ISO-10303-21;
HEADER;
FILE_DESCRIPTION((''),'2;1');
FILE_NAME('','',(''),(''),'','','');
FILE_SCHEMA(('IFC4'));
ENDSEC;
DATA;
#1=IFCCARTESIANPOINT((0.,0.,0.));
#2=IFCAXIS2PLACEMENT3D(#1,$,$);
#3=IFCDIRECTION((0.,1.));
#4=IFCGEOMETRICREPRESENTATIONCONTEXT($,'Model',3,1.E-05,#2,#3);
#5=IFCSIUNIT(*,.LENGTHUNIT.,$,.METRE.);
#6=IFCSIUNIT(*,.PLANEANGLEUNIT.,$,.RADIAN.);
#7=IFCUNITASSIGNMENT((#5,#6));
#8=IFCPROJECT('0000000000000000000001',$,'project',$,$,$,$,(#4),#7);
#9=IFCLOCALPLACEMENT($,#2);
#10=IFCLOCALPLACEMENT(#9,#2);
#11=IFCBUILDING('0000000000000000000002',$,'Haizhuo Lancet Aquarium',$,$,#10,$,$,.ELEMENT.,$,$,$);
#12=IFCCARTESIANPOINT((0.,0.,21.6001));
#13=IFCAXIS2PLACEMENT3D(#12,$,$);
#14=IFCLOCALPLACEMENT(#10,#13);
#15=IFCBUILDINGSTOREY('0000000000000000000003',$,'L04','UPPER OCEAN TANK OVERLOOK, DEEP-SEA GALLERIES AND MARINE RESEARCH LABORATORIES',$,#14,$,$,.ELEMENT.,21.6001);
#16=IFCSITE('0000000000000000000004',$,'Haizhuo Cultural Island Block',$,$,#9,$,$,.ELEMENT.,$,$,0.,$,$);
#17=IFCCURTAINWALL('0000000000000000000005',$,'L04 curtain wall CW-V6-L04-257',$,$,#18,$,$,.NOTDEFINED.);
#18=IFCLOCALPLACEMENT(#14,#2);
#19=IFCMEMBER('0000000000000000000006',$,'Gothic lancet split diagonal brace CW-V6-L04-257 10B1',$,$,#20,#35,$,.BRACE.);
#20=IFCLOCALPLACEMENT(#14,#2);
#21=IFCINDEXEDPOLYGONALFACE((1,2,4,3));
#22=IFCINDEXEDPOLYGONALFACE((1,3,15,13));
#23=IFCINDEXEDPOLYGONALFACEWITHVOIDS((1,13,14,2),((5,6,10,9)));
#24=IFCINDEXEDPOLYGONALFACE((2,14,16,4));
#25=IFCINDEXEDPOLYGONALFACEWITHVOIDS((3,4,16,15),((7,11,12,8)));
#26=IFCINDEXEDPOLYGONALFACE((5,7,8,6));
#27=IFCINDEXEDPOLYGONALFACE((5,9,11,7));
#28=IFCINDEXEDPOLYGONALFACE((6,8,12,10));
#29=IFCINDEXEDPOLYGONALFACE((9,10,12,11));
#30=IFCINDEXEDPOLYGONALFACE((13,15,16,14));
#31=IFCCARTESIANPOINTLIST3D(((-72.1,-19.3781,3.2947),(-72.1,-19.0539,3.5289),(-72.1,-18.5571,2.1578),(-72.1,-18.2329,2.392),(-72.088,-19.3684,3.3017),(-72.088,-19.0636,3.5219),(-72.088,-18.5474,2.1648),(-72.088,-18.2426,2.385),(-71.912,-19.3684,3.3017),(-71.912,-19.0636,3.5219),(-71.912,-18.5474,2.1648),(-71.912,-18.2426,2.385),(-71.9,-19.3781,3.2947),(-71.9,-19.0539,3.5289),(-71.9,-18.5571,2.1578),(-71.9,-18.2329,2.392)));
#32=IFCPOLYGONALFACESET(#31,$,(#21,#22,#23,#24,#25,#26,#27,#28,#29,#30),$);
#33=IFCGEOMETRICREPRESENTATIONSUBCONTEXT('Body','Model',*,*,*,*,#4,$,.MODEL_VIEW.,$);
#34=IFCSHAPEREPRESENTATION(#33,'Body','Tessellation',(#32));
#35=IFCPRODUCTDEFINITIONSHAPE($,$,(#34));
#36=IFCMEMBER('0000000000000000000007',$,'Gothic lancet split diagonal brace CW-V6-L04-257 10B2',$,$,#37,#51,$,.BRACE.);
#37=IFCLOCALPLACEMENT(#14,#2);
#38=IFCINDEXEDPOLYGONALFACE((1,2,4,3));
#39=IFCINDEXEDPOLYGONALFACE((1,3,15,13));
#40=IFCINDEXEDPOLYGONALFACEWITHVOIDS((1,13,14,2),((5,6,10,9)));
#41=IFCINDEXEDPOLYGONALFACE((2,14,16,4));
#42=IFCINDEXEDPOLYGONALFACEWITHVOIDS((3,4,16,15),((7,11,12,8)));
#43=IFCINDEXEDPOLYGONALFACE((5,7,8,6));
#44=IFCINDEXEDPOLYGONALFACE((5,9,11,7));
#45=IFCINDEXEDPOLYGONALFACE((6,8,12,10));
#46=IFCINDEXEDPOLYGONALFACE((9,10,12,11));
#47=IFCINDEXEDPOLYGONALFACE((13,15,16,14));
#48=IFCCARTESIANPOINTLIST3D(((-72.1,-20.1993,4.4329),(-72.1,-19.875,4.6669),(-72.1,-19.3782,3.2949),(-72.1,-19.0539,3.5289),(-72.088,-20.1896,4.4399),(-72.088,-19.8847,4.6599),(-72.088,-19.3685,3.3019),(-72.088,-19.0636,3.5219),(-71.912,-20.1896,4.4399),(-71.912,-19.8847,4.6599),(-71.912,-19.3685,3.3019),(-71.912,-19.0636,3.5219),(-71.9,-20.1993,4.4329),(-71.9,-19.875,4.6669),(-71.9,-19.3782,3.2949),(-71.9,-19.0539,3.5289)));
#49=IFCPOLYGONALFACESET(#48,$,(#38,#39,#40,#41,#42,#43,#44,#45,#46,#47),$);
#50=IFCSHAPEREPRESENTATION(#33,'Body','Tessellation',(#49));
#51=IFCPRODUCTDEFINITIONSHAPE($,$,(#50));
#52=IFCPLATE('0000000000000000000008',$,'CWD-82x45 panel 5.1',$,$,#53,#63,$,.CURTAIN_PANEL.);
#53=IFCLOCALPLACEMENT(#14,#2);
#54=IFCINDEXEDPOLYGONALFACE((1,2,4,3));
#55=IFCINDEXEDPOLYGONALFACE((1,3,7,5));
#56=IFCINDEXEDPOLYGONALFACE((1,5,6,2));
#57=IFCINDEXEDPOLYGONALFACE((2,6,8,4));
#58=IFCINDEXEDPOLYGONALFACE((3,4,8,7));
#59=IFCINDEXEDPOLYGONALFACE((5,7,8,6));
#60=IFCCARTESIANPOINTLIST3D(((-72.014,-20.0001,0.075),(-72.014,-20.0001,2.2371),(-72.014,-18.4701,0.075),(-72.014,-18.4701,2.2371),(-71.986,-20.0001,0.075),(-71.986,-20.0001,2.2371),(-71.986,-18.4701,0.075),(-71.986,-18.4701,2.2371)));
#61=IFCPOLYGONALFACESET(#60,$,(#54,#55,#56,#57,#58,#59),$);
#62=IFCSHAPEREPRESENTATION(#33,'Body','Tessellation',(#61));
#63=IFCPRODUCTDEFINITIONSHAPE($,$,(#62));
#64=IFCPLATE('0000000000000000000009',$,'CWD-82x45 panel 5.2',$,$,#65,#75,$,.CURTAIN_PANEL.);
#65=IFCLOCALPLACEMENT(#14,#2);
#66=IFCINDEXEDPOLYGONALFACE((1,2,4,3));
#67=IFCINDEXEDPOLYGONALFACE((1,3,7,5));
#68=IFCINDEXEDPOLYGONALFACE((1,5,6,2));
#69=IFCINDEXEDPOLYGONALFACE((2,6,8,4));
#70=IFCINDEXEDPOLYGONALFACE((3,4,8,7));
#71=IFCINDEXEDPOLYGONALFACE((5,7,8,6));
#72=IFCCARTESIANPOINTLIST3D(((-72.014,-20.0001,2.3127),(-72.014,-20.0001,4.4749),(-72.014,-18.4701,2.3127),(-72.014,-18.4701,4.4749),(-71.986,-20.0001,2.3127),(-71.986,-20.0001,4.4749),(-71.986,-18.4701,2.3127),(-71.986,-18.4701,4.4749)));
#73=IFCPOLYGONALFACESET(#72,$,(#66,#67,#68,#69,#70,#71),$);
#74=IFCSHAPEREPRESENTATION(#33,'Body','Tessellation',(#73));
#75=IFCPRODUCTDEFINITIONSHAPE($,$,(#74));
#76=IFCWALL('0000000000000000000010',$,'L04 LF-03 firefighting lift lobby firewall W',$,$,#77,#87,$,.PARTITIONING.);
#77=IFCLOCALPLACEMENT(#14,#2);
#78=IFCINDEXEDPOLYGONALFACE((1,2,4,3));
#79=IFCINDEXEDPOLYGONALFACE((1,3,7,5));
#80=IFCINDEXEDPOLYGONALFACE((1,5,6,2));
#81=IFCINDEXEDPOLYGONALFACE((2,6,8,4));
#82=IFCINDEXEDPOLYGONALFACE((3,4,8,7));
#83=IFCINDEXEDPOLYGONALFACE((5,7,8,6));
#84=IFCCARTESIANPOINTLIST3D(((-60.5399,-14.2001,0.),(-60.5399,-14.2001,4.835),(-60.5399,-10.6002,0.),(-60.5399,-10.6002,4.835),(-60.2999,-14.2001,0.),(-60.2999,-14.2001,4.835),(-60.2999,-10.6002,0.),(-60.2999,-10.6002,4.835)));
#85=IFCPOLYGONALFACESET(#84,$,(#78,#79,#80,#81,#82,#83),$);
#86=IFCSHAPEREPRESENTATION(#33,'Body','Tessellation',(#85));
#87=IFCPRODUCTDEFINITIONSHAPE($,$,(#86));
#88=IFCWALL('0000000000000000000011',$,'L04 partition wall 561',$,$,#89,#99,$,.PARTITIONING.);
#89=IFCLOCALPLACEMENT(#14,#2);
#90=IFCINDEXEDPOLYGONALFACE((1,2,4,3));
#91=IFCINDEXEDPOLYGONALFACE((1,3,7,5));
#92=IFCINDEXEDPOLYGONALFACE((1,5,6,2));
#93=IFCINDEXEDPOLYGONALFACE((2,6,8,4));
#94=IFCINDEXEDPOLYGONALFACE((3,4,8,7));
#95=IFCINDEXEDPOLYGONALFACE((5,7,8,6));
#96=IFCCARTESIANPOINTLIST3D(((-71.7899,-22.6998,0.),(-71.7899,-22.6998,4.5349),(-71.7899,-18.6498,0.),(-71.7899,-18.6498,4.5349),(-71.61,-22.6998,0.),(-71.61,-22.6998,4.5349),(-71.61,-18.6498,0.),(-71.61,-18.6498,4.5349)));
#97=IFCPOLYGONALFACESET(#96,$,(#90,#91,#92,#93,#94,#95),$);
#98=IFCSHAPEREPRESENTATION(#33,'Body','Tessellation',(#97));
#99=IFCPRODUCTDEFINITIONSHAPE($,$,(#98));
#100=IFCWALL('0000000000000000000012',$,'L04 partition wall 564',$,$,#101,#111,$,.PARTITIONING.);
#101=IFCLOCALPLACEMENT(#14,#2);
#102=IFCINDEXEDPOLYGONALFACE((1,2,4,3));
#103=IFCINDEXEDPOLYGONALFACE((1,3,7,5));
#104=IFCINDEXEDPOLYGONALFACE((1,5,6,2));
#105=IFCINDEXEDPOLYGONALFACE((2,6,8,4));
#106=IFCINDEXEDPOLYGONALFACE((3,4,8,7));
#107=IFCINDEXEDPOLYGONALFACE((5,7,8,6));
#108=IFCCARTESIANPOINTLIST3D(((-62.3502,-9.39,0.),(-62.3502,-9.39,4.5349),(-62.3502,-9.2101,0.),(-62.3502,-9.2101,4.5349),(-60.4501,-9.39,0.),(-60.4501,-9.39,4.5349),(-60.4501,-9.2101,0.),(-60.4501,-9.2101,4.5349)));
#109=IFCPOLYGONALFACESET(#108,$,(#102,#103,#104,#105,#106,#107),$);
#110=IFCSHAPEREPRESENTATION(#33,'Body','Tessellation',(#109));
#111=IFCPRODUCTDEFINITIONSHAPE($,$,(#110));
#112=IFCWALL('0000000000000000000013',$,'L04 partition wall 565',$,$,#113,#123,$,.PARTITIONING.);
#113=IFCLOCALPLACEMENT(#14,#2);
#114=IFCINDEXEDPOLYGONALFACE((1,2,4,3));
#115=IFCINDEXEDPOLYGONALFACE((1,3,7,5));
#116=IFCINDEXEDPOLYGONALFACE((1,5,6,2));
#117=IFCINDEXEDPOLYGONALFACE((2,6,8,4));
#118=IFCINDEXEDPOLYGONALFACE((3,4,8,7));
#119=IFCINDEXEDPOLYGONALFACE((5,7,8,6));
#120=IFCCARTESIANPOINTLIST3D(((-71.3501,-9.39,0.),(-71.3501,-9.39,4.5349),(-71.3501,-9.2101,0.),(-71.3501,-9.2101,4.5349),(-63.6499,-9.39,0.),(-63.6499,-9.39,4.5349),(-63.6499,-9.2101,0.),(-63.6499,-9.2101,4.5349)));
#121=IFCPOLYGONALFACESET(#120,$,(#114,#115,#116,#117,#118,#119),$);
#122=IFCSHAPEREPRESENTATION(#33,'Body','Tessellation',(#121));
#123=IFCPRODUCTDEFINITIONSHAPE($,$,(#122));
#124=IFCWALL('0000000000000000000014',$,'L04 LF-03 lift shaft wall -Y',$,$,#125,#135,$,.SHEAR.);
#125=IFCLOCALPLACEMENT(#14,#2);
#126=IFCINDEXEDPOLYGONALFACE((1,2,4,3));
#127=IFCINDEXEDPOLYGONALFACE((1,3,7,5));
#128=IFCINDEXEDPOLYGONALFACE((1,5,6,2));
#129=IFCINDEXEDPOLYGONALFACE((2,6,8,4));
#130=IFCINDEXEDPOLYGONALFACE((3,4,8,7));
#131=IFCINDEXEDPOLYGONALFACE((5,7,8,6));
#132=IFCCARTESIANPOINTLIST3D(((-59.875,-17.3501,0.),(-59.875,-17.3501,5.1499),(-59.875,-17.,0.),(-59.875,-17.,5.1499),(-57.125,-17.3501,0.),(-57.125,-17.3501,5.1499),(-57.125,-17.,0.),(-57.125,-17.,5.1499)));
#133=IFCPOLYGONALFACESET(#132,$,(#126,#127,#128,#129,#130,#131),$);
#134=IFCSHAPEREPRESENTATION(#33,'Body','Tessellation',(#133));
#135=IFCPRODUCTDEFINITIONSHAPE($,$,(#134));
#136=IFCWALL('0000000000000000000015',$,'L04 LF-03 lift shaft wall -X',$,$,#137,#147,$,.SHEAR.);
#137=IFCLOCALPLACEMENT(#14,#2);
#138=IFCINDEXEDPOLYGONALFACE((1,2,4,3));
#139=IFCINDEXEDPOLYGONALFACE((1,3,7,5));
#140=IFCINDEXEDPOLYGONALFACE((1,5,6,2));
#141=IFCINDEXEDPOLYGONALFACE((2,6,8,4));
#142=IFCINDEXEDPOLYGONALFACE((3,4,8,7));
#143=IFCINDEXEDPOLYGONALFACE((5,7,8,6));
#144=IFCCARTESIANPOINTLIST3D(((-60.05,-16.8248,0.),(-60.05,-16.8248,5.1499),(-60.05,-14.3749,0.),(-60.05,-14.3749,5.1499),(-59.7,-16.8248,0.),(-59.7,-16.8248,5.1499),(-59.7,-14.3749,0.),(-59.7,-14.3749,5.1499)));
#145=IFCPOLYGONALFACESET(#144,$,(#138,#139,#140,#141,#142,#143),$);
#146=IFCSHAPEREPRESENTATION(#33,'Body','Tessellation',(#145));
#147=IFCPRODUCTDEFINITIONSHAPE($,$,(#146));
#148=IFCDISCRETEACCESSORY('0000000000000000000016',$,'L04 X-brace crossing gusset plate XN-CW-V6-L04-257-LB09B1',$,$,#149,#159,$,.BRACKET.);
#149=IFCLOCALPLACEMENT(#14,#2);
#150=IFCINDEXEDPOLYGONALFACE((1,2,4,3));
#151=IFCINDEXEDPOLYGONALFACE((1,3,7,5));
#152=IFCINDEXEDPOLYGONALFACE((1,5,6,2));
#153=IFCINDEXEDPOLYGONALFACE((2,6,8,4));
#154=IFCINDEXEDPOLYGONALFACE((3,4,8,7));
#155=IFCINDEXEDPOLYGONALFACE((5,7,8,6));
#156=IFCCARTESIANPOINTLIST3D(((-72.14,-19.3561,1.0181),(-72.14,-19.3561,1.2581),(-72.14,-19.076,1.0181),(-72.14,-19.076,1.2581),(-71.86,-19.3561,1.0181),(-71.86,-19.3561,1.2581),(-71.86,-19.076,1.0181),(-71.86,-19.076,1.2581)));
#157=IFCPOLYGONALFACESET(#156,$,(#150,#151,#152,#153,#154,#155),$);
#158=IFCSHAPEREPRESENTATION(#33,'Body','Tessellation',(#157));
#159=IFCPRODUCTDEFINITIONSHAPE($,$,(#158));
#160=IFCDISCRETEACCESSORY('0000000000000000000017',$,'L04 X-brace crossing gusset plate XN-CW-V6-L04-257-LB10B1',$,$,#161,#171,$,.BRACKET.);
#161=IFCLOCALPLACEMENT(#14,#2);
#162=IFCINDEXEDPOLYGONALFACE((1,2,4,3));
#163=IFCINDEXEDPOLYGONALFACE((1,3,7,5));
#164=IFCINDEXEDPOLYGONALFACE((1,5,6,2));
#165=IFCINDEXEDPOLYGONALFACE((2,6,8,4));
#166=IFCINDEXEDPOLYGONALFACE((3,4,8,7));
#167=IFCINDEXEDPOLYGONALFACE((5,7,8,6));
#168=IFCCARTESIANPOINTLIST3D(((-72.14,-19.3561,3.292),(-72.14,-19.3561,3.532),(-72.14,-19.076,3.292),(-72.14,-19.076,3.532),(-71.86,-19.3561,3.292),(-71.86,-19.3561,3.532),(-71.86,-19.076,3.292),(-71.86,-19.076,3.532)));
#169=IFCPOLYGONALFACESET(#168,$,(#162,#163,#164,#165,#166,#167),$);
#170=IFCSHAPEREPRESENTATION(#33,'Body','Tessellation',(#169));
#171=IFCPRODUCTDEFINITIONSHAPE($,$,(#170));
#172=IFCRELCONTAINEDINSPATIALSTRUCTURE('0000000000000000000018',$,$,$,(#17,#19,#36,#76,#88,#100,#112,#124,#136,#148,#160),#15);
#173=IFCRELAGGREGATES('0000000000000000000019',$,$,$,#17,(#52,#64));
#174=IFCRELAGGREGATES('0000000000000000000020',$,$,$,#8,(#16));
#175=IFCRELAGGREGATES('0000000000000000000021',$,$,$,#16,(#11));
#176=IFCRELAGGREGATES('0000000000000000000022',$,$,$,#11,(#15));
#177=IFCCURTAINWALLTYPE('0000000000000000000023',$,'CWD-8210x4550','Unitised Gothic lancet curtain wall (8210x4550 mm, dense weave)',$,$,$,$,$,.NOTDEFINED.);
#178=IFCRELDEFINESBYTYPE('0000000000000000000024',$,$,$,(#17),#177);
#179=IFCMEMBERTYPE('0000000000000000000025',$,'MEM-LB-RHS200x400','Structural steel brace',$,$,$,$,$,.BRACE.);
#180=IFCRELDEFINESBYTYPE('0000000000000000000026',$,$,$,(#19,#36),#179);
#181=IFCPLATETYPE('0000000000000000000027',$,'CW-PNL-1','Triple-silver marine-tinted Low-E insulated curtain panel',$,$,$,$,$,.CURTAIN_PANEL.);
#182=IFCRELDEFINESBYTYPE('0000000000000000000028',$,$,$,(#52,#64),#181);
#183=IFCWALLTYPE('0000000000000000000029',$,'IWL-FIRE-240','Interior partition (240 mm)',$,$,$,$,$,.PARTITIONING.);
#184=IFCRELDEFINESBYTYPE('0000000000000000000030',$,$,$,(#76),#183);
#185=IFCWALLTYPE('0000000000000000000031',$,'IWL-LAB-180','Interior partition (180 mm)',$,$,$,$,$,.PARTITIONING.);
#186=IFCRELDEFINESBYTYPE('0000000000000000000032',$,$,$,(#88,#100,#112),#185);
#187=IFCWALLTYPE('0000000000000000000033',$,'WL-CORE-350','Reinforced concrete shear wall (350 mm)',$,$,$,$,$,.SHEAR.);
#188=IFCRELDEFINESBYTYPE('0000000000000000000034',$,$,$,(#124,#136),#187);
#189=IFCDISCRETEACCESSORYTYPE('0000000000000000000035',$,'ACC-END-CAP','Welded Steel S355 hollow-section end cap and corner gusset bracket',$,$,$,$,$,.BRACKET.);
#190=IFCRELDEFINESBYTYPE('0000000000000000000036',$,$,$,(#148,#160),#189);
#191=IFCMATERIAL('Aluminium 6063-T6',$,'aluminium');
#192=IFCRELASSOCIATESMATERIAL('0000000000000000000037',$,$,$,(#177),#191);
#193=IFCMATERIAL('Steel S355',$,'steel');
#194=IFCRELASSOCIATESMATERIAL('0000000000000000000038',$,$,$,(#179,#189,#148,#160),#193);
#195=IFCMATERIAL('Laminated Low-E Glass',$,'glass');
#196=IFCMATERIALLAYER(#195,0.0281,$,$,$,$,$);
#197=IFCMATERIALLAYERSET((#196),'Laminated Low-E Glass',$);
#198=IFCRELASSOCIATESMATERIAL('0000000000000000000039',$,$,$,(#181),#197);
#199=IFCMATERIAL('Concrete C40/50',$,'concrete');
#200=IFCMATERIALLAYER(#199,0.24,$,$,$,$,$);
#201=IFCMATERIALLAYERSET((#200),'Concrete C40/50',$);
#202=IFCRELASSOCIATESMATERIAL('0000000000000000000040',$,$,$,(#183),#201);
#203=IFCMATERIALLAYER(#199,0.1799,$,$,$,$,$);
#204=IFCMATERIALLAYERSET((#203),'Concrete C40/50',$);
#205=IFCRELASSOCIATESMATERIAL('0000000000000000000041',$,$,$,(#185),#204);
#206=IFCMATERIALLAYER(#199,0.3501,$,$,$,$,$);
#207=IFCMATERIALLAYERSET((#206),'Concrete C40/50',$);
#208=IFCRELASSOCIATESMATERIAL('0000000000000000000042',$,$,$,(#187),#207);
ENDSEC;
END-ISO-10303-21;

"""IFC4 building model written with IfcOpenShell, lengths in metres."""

from ifc_helpers import new_model, si_unit, direction, frame, frame_2d, origin, origin_2d, place, context, subcontext, project, spatial, rectangle, hollow_rectangle, extrude, material, layer, layer_set, material_profile, profile_set, type_object, element, aggregate, save


model = new_model("IFC4")

# Units and contexts
model_context = context("Model", 3, precision=1e-05, world=origin(), true_north=direction((0.0, 1.0)))
body_context = subcontext(model_context, "Body", "Model", "MODEL_VIEW")
ifc_project = project(units=[si_unit("LENGTHUNIT", "METRE"), si_unit("PLANEANGLEUNIT", "RADIAN")], contexts=[model_context])

# Site, building, storey
site_placement = place(None, origin())
site = spatial("IfcSite", under=ifc_project, at=site_placement, Name="Haizhuo Cultural Island Block", CompositionType="ELEMENT", RefElevation=0.0)
building_placement = place(site_placement, origin())
building = spatial("IfcBuilding", under=site, at=building_placement, Name="Haizhuo Lancet Aquarium", CompositionType="ELEMENT")
storey_placement = place(building_placement, frame((0.0, 0.0, 21.6001)))
storey = spatial("IfcBuildingStorey", under=building, at=storey_placement, Name="L04", Description="UPPER OCEAN TANK OVERLOOK, DEEP-SEA GALLERIES AND MARINE RESEARCH LABORATORIES", CompositionType="ELEMENT", Elevation=21.6001)

# Shared definitions
ifc_material_1 = material(Name="Concrete C40/50", Category="concrete")

# Shared definitions
ifc_material_2 = material(Name="Steel S355", Category="steel")

# Curtain wall
ifc_material_3 = material(Name="Aluminium 6063-T6", Category="aluminium")
curtain_wall_type = type_object("IfcCurtainWallType", Name="CWD-8210x4550", Description="Unitised Gothic lancet curtain wall (8210x4550 mm, dense weave)", PredefinedType="NOTDEFINED", material=ifc_material_3)
curtain_wall_placement = place(storey_placement, origin())
curtain_wall = element("IfcCurtainWall", 1, at=curtain_wall_placement, inside=storey, type_object=curtain_wall_type, Name="L04 curtain wall CW-V6-L04-257", PredefinedType="NOTDEFINED")

# Members
ifc_material_profile_1 = material_profile(ifc_material_2, hollow_rectangle(XDim=0.2, YDim=0.3999, WallThickness=0.012, at=origin_2d()), Name="RHS 200x400x12")
ifc_profile_set_1 = profile_set([ifc_material_profile_1], Name="Steel S355")
member_type_1 = type_object("IfcMemberType", Name="MEM-LB-RHS200x400", Description="Structural steel brace", PredefinedType="BRACE", material=ifc_profile_set_1)
for number, where, z_axis, x_axis, name in (
    (2, (-72.0, -18.395, 2.2749), (0.0, -0.585446, 0.810711), (1.0, 0.0, 0.0), "Gothic lancet split diagonal brace CW-V6-L04-257 10B1"),
):
    element("IfcMember", number, at=place(storey_placement, frame(where, z_axis=z_axis, x_axis=x_axis)), inside=storey, type_object=member_type_1, Name=name, PredefinedType="BRACE", context=body_context, shape_type="SweptSolid", body=[
        extrude(hollow_rectangle(XDim=0.2, YDim=0.3999, WallThickness=0.012, at=origin_2d()), origin(), (0.0, 0.0, 1.0), 1.4023),
    ])
member_1_placement = place(storey_placement, frame((-72.0, -19.2161, 3.4119), z_axis=(0.0, -0.585116, 0.81095), x_axis=(1.0, 0.0, 0.0)))
element("IfcMember", 3, at=member_1_placement, inside=storey, type_object=member_type_1, Name="Gothic lancet split diagonal brace CW-V6-L04-257 10B2", PredefinedType="BRACE", context=body_context, shape_type="SweptSolid", body=[
    extrude(hollow_rectangle(XDim=0.2, YDim=0.3999, WallThickness=0.012, at=origin_2d()), origin(), (0.0, 0.0, 1.0), 1.4033),
])

# Plates
ifc_material_4 = material(Name="Laminated Low-E Glass", Category="glass")
ifc_layer_1 = layer(ifc_material_4, 0.0281)
ifc_layer_set_1 = layer_set([ifc_layer_1], Name="Laminated Low-E Glass")
plate_type = type_object("IfcPlateType", Name="CW-PNL-1", Description="Triple-silver marine-tinted Low-E insulated curtain panel", PredefinedType="CURTAIN_PANEL", material=ifc_layer_set_1)
plate_1_placement = place(storey_placement, frame((-72.0, -19.2351, 0.075), z_axis=(0.0, 0.0, 1.0), x_axis=(0.0, 1.0, 0.0)))
plate_1 = element("IfcPlate", 4, at=plate_1_placement, type_object=plate_type, Name="CWD-82x45 panel 5.1", PredefinedType="CURTAIN_PANEL", context=body_context, shape_type="SweptSolid", body=[
    extrude(rectangle(XDim=1.53, YDim=0.0281, at=origin_2d()), origin(), (0.0, 0.0, 1.0), 2.1621),
])
plate_2_placement = place(storey_placement, frame((-72.0, -19.2351, 2.3127), z_axis=(0.0, 0.0, 1.0), x_axis=(0.0, 1.0, 0.0)))
plate_2 = element("IfcPlate", 5, at=plate_2_placement, type_object=plate_type, Name="CWD-82x45 panel 5.2", PredefinedType="CURTAIN_PANEL", context=body_context, shape_type="SweptSolid", body=[
    extrude(rectangle(XDim=1.53, YDim=0.0281, at=origin_2d()), origin(), (0.0, 0.0, 1.0), 2.1621),
])
aggregate(curtain_wall, [plate_1, plate_2])

# Walls
ifc_layer_2 = layer(ifc_material_1, 0.24)
ifc_layer_set_2 = layer_set([ifc_layer_2], Name="Concrete C40/50")
wall_type_1 = type_object("IfcWallType", Name="IWL-FIRE-240", Description="Interior partition (240 mm)", PredefinedType="PARTITIONING", material=ifc_layer_set_2)
wall_1_placement = place(storey_placement, frame((-60.4199, -14.2, 0.0), z_axis=(0.0, 0.0, 1.0), x_axis=(0.0, 1.0, 0.0)))
element("IfcWall", 6, at=wall_1_placement, inside=storey, type_object=wall_type_1, Name="L04 LF-03 firefighting lift lobby firewall W", PredefinedType="PARTITIONING", context=body_context, shape_type="SweptSolid", body=[
    extrude(rectangle(XDim=3.5999, YDim=0.24, at=frame_2d((1.7998, 0.0))), origin(), (0.0, 0.0, 1.0), 4.835),
])
ifc_layer_3 = layer(ifc_material_1, 0.1799)
ifc_layer_set_3 = layer_set([ifc_layer_3], Name="Concrete C40/50")
wall_type_2 = type_object("IfcWallType", Name="IWL-LAB-180", Description="Interior partition (180 mm)", PredefinedType="PARTITIONING", material=ifc_layer_set_3)
wall_2_placement = place(storey_placement, frame((-71.7, -18.6499, 0.0), z_axis=(0.0, 0.0, 1.0), x_axis=(0.0, -1.0, 0.0)))
element("IfcWall", 7, at=wall_2_placement, inside=storey, type_object=wall_type_2, Name="L04 partition wall 561", PredefinedType="PARTITIONING", context=body_context, shape_type="SweptSolid", body=[
    extrude(rectangle(XDim=4.05, YDim=0.1799, at=frame_2d((2.0249, 0.0))), origin(), (0.0, 0.0, 1.0), 4.5349),
])
wall_3_placement = place(storey_placement, frame((-60.45, -9.3, 0.0), z_axis=(0.0, 0.0, 1.0), x_axis=(-1.0, 0.0, 0.0)))
element("IfcWall", 8, at=wall_3_placement, inside=storey, type_object=wall_type_2, Name="L04 partition wall 564", PredefinedType="PARTITIONING", context=body_context, shape_type="SweptSolid", body=[
    extrude(rectangle(XDim=1.9001, YDim=0.1799, at=frame_2d((0.9502, 0.0))), origin(), (0.0, 0.0, 1.0), 4.5349),
])
wall_4_placement = place(storey_placement, frame((-63.6499, -9.3, 0.0), z_axis=(0.0, 0.0, 1.0), x_axis=(-1.0, 0.0, 0.0)))
element("IfcWall", 9, at=wall_4_placement, inside=storey, type_object=wall_type_2, Name="L04 partition wall 565", PredefinedType="PARTITIONING", context=body_context, shape_type="SweptSolid", body=[
    extrude(rectangle(XDim=7.7002, YDim=0.1799, at=frame_2d((3.8501, 0.0))), origin(), (0.0, 0.0, 1.0), 4.5349),
])
ifc_layer_4 = layer(ifc_material_1, 0.3501)
ifc_layer_set_4 = layer_set([ifc_layer_4], Name="Concrete C40/50")
wall_type_3 = type_object("IfcWallType", Name="WL-CORE-350", Description="Reinforced concrete shear wall (350 mm)", PredefinedType="SHEAR", material=ifc_layer_set_4)
wall_5_placement = place(storey_placement, frame((-59.875, -17.175, 0.0), z_axis=(0.0, 0.0, 1.0), x_axis=(1.0, 0.0, 0.0)))
element("IfcWall", 10, at=wall_5_placement, inside=storey, type_object=wall_type_3, Name="L04 LF-03 lift shaft wall -Y", PredefinedType="SHEAR", context=body_context, shape_type="SweptSolid", body=[
    extrude(rectangle(XDim=2.75, YDim=0.3501, at=frame_2d((1.375, 0.0))), origin(), (0.0, 0.0, 1.0), 5.1499),
])
wall_6_placement = place(storey_placement, frame((-59.875, -16.825, 0.0), z_axis=(0.0, 0.0, 1.0), x_axis=(0.0, 1.0, 0.0)))
element("IfcWall", 11, at=wall_6_placement, inside=storey, type_object=wall_type_3, Name="L04 LF-03 lift shaft wall -X", PredefinedType="SHEAR", context=body_context, shape_type="SweptSolid", body=[
    extrude(rectangle(XDim=2.45, YDim=0.3501, at=frame_2d((1.2251, 0.0))), origin(), (0.0, 0.0, 1.0), 5.1499),
])

# Discrete accessories
discrete_accessory_type = type_object("IfcDiscreteAccessoryType", Name="ACC-END-CAP", Description="Welded Steel S355 hollow-section end cap and corner gusset bracket", PredefinedType="BRACKET", material=ifc_material_2)
for number, where, z_axis, x_axis, name in (
    (12, (-72.0, -19.2161, 1.0181), (0.0, 0.0, 1.0), (1.0, 0.0, 0.0), "L04 X-brace crossing gusset plate XN-CW-V6-L04-257-LB09B1"),
    (13, (-72.0, -19.2161, 3.292), (0.0, 0.0, 1.0), (1.0, 0.0, 0.0), "L04 X-brace crossing gusset plate XN-CW-V6-L04-257-LB10B1"),
):
    element("IfcDiscreteAccessory", number, at=place(storey_placement, frame(where, z_axis=z_axis, x_axis=x_axis)), inside=storey, type_object=discrete_accessory_type, material=ifc_material_2, Name=name, PredefinedType="BRACKET", context=body_context, shape_type="SweptSolid", body=[
        extrude(rectangle(XDim=0.28, YDim=0.28, at=origin_2d()), origin(), (0.0, 0.0, 1.0), 0.24),
    ])

save(model, "model.ifc")
